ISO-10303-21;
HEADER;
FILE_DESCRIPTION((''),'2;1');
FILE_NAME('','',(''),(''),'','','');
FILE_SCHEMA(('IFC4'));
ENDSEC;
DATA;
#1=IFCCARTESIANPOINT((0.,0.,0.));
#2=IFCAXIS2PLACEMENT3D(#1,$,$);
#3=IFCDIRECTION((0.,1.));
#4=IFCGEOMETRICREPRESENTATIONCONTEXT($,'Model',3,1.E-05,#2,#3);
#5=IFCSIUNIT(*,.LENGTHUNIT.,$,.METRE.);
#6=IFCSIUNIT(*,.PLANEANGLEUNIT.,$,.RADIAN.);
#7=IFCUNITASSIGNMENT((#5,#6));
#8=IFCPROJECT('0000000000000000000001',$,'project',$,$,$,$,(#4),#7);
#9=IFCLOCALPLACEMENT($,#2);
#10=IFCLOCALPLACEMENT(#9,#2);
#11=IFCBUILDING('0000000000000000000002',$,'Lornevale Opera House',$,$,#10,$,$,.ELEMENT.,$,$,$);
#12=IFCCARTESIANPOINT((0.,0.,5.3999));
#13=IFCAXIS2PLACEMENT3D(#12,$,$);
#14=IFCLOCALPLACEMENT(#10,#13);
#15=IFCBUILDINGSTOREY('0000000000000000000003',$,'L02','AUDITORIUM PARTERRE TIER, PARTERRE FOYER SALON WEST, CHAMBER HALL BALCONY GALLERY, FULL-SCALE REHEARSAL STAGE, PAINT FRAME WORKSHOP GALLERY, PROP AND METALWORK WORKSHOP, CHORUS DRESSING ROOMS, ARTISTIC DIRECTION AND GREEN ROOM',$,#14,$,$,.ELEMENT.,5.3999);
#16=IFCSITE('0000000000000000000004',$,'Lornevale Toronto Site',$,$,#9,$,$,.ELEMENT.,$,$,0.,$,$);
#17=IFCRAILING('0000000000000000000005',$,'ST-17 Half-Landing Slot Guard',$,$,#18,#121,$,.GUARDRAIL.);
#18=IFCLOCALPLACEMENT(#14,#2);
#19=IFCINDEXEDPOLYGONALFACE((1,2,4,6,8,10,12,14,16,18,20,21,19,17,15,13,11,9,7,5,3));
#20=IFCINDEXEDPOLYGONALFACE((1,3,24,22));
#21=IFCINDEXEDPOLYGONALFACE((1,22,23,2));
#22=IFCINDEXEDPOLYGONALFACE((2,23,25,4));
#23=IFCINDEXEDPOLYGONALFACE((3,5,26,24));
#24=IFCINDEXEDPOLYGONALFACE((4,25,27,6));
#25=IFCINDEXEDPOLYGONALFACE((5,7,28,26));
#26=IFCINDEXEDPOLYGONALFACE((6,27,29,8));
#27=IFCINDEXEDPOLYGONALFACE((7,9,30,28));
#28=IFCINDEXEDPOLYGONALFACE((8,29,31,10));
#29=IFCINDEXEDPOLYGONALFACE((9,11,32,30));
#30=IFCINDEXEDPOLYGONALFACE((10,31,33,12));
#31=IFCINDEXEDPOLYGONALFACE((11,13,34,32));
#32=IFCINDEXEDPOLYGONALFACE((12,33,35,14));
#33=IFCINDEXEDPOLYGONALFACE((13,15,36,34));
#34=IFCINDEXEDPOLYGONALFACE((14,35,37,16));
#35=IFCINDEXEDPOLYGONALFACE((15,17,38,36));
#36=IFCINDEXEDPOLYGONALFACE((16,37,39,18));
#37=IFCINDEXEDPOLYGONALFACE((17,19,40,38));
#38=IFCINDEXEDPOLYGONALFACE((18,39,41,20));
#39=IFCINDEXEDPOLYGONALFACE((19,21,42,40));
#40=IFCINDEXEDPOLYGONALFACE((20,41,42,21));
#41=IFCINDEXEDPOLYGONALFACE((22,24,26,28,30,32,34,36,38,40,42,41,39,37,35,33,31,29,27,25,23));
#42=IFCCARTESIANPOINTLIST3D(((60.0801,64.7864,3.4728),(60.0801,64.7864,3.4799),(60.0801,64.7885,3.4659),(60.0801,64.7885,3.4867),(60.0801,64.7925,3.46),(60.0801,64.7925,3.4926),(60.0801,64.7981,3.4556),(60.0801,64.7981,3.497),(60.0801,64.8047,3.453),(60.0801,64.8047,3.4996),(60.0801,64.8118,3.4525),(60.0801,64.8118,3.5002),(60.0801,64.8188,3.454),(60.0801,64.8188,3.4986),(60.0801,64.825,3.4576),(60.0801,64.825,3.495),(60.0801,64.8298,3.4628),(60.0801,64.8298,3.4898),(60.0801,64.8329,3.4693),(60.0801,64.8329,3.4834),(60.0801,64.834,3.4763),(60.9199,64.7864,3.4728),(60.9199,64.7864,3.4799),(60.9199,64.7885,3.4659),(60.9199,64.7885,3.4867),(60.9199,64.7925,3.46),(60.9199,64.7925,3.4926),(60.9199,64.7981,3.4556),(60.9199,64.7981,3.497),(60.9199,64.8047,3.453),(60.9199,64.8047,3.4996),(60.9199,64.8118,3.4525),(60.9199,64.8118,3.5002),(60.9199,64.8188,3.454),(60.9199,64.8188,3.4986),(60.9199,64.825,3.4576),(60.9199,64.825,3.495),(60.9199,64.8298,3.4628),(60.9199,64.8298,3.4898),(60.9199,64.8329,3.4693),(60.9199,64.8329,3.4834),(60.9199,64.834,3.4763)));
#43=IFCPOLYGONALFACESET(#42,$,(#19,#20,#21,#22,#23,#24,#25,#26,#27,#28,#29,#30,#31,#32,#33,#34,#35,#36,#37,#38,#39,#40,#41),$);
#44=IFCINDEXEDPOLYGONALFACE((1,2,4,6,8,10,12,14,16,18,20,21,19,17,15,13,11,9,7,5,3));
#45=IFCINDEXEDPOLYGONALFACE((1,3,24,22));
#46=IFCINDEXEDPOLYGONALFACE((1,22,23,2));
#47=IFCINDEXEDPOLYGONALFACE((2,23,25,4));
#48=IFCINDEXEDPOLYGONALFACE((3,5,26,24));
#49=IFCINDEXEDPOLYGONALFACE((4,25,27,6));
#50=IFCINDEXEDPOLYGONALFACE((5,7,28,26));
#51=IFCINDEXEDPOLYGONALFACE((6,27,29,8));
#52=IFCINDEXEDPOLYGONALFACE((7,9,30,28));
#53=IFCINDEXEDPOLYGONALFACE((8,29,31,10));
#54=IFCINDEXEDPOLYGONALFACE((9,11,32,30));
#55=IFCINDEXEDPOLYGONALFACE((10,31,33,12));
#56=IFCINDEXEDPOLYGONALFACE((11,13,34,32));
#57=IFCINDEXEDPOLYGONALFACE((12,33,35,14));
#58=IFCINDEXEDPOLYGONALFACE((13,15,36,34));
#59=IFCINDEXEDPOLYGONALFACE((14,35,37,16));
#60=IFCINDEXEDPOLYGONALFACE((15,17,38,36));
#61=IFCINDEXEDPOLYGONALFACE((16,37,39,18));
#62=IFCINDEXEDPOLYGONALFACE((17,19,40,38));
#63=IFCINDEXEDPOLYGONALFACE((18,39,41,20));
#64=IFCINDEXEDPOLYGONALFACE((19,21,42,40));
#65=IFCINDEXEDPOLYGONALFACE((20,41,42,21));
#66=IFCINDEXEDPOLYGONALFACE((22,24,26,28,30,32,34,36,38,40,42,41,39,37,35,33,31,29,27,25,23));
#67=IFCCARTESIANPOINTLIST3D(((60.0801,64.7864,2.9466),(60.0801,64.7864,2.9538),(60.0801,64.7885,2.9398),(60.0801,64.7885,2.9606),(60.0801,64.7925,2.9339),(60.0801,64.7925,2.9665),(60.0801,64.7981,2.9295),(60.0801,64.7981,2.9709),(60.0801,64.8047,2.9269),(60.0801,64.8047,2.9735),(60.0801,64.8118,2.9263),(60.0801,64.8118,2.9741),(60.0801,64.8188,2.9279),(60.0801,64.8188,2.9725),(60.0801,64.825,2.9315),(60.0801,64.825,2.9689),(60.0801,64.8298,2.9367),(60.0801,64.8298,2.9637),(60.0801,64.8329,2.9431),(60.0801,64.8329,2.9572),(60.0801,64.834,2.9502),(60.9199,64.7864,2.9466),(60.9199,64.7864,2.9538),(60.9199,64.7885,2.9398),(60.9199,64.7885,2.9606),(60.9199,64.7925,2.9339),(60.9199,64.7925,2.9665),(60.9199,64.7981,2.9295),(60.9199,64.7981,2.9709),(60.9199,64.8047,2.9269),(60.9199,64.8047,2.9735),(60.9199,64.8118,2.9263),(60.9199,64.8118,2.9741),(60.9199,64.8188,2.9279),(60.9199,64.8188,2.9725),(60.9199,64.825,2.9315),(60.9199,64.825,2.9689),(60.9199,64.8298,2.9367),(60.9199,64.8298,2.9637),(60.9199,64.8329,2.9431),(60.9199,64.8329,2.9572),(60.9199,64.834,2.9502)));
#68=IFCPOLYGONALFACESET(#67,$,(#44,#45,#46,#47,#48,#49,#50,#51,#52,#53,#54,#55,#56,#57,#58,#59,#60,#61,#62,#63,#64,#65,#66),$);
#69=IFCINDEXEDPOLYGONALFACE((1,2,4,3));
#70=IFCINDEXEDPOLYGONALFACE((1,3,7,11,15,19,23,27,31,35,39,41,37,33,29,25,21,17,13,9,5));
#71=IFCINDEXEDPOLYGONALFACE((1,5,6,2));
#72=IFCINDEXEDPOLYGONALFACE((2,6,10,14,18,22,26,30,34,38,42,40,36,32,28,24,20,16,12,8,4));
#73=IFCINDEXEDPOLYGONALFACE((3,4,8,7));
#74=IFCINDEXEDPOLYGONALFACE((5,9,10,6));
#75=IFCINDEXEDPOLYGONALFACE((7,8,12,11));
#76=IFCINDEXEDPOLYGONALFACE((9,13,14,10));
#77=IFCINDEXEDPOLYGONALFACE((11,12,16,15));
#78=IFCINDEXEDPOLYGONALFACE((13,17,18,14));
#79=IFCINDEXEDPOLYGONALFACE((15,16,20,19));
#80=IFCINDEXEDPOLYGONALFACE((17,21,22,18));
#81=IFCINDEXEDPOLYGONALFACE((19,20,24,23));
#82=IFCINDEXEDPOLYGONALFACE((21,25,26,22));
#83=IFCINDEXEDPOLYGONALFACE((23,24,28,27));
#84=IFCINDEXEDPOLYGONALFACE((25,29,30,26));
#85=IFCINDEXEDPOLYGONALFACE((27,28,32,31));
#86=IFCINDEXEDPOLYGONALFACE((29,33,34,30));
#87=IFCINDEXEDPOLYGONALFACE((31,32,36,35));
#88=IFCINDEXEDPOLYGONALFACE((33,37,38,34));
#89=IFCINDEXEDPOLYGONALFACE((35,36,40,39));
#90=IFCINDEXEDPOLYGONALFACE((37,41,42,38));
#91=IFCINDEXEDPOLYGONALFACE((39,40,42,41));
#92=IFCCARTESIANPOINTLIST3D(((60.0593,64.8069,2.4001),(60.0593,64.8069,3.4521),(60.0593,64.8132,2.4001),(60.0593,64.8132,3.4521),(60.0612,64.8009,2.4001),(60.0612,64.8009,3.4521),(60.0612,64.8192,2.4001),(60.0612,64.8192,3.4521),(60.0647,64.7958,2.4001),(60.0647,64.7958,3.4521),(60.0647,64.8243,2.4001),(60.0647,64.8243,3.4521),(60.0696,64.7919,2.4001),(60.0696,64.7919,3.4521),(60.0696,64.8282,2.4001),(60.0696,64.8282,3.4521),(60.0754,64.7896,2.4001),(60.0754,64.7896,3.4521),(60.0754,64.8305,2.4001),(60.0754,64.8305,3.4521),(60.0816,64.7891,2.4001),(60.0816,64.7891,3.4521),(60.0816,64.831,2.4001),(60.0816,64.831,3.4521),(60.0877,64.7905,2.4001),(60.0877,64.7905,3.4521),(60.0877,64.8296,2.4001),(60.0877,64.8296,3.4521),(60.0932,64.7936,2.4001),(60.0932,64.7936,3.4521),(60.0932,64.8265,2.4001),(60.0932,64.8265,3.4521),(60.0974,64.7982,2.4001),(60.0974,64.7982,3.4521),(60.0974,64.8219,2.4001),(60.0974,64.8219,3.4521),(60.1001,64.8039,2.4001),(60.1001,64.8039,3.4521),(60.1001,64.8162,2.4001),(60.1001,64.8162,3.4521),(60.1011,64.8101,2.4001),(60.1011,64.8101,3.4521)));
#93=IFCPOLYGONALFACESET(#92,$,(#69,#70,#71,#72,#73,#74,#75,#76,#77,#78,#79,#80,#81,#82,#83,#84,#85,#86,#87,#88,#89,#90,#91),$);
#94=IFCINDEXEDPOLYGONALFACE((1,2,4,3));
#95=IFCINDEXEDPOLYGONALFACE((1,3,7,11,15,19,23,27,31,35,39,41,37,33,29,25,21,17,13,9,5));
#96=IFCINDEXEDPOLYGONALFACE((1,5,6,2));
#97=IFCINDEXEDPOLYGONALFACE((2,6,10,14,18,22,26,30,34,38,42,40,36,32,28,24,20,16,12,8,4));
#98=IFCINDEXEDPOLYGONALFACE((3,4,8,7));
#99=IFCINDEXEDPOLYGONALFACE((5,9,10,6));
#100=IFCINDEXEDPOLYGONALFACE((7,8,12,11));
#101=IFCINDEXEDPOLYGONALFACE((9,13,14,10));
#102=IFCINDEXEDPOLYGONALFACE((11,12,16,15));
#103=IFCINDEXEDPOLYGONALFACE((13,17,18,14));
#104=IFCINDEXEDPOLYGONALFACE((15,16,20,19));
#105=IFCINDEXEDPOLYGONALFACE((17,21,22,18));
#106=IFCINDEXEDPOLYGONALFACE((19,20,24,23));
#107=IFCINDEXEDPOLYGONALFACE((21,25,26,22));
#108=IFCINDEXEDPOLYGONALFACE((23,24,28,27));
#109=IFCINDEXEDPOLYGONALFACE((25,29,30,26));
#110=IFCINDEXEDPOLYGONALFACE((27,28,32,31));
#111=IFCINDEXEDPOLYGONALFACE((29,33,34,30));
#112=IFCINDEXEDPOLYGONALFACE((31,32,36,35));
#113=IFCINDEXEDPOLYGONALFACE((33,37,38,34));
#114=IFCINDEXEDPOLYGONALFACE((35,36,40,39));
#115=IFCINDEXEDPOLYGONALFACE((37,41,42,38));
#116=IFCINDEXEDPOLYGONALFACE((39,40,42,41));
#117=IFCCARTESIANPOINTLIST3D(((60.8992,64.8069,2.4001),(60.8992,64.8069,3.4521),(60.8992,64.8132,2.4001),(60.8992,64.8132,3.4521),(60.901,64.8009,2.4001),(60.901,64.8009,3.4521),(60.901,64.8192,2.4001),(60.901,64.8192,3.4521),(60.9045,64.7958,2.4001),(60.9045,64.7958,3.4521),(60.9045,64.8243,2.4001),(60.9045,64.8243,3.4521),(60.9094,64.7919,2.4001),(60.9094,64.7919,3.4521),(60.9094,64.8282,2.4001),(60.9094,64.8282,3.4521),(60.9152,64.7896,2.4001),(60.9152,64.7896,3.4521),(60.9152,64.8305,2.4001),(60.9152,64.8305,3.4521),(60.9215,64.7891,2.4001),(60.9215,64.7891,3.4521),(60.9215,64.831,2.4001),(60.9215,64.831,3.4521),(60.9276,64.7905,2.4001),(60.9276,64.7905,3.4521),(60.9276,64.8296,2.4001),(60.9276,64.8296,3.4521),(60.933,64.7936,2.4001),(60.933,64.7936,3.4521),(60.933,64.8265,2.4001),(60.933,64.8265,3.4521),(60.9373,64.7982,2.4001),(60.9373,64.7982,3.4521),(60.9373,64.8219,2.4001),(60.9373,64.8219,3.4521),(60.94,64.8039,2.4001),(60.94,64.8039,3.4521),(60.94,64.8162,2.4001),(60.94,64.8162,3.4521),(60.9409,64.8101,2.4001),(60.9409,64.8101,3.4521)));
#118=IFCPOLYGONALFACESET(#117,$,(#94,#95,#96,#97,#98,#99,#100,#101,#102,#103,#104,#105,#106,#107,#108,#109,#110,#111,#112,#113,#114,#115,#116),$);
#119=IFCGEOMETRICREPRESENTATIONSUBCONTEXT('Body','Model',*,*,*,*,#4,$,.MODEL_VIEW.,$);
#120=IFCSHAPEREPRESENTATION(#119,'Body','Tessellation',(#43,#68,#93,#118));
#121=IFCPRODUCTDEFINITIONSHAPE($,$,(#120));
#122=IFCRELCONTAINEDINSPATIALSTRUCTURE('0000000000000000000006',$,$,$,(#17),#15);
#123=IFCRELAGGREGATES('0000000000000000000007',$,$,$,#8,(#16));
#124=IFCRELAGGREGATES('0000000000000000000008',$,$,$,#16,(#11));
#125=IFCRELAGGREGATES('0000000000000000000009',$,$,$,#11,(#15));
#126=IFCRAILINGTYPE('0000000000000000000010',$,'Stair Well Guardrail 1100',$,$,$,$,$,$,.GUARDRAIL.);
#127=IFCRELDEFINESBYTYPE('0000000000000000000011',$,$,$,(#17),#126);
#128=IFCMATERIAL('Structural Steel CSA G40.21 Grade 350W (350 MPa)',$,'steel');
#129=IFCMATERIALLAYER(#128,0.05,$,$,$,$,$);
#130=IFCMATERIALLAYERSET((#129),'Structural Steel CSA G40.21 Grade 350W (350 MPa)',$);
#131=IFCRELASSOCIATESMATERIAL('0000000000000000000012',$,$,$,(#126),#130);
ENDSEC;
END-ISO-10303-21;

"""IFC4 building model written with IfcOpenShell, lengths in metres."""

from ifc_helpers import new_model, si_unit, direction, frame, origin, origin_2d, place, context, subcontext, project, spatial, circle, extrude, material, layer, layer_set, type_object, element, save


model = new_model("IFC4")

# Units and contexts
model_context = context("Model", 3, precision=1e-05, world=origin(), true_north=direction((0.0, 1.0)))
body_context = subcontext(model_context, "Body", "Model", "MODEL_VIEW")
ifc_project = project(units=[si_unit("LENGTHUNIT", "METRE"), si_unit("PLANEANGLEUNIT", "RADIAN")], contexts=[model_context])

# Site, building, storey
site_placement = place(None, origin())
site = spatial("IfcSite", under=ifc_project, at=site_placement, Name="Lornevale Toronto Site", CompositionType="ELEMENT", RefElevation=0.0)
building_placement = place(site_placement, origin())
building = spatial("IfcBuilding", under=site, at=building_placement, Name="Lornevale Opera House", CompositionType="ELEMENT")
storey_placement = place(building_placement, frame((0.0, 0.0, 5.3999)))
storey = spatial("IfcBuildingStorey", under=building, at=storey_placement, Name="L02", Description="AUDITORIUM PARTERRE TIER, PARTERRE FOYER SALON WEST, CHAMBER HALL BALCONY GALLERY, FULL-SCALE REHEARSAL STAGE, PAINT FRAME WORKSHOP GALLERY, PROP AND METALWORK WORKSHOP, CHORUS DRESSING ROOMS, ARTISTIC DIRECTION AND GREEN ROOM", CompositionType="ELEMENT", Elevation=5.3999)

# Shared definitions
ifc_material_1 = material(Name="Structural Steel CSA G40.21 Grade 350W (350 MPa)", Category="steel")

# Railing
ifc_layer_1 = layer(ifc_material_1, 0.05)
ifc_layer_set_1 = layer_set([ifc_layer_1], Name="Structural Steel CSA G40.21 Grade 350W (350 MPa)")
railing_type_1 = type_object("IfcRailingType", Name="Stair Well Guardrail 1100", PredefinedType="GUARDRAIL", material=ifc_layer_set_1)
railing_1_placement = place(storey_placement, frame((60.0801, 64.8101, 2.4001)))
element("IfcRailing", 1, at=railing_1_placement, inside=storey, type_object=railing_type_1, Name="ST-17 Half-Landing Slot Guard", PredefinedType="GUARDRAIL", context=body_context, shape_type="SweptSolid", body=[
    extrude(circle(Radius=0.0239, at=origin_2d()), frame((0.0, 0.0, 1.0762), z_axis=(1.0, 0.0, 0.0), x_axis=(0.0, 1.0, 0.0)), (0.0, 0.0, 1.0), 0.8398),
    extrude(circle(Radius=0.0239, at=origin_2d()), frame((0.0, 0.0, 0.55), z_axis=(1.0, 0.0, 0.0), x_axis=(0.0, 1.0, 0.0)), (0.0, 0.0, 1.0), 0.8398),
    extrude(circle(Radius=0.021, at=origin_2d()), origin(), (0.0, 0.0, 1.0), 1.052),
    extrude(circle(Radius=0.021, at=origin_2d()), frame((0.8398, 0.0, 0.0)), (0.0, 0.0, 1.0), 1.052),
])

save(model, "model.ifc")
